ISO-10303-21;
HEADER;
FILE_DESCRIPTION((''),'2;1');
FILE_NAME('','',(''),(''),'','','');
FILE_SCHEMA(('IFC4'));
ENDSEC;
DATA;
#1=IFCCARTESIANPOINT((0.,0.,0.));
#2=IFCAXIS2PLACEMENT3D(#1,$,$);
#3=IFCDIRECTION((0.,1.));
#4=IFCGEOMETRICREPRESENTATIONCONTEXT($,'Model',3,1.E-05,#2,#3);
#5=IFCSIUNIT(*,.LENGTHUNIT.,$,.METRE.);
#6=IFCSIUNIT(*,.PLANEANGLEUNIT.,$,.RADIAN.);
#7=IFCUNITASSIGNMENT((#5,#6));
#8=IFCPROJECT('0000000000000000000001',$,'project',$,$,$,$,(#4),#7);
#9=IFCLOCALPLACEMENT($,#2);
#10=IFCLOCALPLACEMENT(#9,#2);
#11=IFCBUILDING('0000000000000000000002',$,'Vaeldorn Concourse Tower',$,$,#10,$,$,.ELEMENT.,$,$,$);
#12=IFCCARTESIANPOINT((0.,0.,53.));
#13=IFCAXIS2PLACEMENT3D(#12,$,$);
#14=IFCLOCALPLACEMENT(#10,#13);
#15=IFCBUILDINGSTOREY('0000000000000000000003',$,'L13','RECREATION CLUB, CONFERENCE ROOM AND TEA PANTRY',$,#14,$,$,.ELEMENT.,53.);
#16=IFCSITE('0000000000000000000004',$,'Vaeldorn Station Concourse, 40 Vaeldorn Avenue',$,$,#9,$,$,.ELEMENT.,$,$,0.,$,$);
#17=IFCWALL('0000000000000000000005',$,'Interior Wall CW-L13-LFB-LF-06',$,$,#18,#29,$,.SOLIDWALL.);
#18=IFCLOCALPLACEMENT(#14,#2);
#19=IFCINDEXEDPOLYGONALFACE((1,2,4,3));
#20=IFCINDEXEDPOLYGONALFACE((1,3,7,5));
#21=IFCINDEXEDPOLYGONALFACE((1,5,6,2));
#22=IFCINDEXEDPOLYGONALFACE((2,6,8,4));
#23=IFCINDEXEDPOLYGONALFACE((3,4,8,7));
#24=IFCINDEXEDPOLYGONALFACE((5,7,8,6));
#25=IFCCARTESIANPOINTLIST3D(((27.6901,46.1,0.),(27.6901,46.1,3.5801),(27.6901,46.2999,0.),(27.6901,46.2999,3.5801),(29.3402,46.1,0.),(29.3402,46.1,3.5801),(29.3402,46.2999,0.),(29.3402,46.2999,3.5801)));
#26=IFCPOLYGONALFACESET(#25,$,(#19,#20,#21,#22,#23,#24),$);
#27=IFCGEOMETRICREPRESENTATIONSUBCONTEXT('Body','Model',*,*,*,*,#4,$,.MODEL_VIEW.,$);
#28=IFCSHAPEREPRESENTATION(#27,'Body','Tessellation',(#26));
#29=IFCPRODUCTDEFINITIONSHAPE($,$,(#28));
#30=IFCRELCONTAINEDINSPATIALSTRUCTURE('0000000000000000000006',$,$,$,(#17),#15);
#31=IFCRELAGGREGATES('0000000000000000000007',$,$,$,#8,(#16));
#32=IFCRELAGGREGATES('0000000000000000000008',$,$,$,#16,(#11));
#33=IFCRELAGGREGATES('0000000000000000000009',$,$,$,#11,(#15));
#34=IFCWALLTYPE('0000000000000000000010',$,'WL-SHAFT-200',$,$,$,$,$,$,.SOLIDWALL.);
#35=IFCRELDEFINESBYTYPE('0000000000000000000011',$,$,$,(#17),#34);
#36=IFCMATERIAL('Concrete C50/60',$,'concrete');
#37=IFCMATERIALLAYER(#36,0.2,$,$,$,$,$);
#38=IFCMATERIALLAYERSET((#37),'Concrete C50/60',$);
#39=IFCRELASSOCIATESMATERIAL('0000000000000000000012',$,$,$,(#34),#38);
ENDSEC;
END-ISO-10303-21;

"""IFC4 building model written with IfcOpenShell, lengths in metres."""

from ifc_helpers import new_model, si_unit, direction, frame, frame_2d, origin, place, context, subcontext, project, spatial, rectangle, extrude, material, layer, layer_set, type_object, element, save


model = new_model("IFC4")

# Units and contexts
model_context = context("Model", 3, precision=1e-05, world=origin(), true_north=direction((0.0, 1.0)))
body_context = subcontext(model_context, "Body", "Model", "MODEL_VIEW")
ifc_project = project(units=[si_unit("LENGTHUNIT", "METRE"), si_unit("PLANEANGLEUNIT", "RADIAN")], contexts=[model_context])

# Site, building, storey
site_placement = place(None, origin())
site = spatial("IfcSite", under=ifc_project, at=site_placement, Name="Vaeldorn Station Concourse, 40 Vaeldorn Avenue", CompositionType="ELEMENT", RefElevation=0.0)
building_placement = place(site_placement, origin())
building = spatial("IfcBuilding", under=site, at=building_placement, Name="Vaeldorn Concourse Tower", CompositionType="ELEMENT")
storey_placement = place(building_placement, frame((0.0, 0.0, 53.0)))
storey = spatial("IfcBuildingStorey", under=building, at=storey_placement, Name="L13", Description="RECREATION CLUB, CONFERENCE ROOM AND TEA PANTRY", CompositionType="ELEMENT", Elevation=53.0)

# Shared definitions
ifc_material_1 = material(Name="Concrete C50/60", Category="concrete")
ifc_layer_1 = layer(ifc_material_1, 0.2)
ifc_layer_set_1 = layer_set([ifc_layer_1], Name="Concrete C50/60")
wall_type_1 = type_object("IfcWallType", Name="WL-SHAFT-200", PredefinedType="SOLIDWALL", material=ifc_layer_set_1)

# Wall
wall_1_placement = place(storey_placement, frame((27.6899, 46.2, 0.0), z_axis=(0.0, 0.0, 1.0), x_axis=(1.0, 0.0, 0.0)))
element("IfcWall", 1, at=wall_1_placement, inside=storey, type_object=wall_type_1, Name="Interior Wall CW-L13-LFB-LF-06", PredefinedType="SOLIDWALL", context=body_context, shape_type="SweptSolid", body=[
    extrude(rectangle(XDim=1.6501, YDim=0.2, at=frame_2d((0.8252, 0.0))), origin(), (0.0, 0.0, 1.0), 3.5801),
])

save(model, "model.ifc")
